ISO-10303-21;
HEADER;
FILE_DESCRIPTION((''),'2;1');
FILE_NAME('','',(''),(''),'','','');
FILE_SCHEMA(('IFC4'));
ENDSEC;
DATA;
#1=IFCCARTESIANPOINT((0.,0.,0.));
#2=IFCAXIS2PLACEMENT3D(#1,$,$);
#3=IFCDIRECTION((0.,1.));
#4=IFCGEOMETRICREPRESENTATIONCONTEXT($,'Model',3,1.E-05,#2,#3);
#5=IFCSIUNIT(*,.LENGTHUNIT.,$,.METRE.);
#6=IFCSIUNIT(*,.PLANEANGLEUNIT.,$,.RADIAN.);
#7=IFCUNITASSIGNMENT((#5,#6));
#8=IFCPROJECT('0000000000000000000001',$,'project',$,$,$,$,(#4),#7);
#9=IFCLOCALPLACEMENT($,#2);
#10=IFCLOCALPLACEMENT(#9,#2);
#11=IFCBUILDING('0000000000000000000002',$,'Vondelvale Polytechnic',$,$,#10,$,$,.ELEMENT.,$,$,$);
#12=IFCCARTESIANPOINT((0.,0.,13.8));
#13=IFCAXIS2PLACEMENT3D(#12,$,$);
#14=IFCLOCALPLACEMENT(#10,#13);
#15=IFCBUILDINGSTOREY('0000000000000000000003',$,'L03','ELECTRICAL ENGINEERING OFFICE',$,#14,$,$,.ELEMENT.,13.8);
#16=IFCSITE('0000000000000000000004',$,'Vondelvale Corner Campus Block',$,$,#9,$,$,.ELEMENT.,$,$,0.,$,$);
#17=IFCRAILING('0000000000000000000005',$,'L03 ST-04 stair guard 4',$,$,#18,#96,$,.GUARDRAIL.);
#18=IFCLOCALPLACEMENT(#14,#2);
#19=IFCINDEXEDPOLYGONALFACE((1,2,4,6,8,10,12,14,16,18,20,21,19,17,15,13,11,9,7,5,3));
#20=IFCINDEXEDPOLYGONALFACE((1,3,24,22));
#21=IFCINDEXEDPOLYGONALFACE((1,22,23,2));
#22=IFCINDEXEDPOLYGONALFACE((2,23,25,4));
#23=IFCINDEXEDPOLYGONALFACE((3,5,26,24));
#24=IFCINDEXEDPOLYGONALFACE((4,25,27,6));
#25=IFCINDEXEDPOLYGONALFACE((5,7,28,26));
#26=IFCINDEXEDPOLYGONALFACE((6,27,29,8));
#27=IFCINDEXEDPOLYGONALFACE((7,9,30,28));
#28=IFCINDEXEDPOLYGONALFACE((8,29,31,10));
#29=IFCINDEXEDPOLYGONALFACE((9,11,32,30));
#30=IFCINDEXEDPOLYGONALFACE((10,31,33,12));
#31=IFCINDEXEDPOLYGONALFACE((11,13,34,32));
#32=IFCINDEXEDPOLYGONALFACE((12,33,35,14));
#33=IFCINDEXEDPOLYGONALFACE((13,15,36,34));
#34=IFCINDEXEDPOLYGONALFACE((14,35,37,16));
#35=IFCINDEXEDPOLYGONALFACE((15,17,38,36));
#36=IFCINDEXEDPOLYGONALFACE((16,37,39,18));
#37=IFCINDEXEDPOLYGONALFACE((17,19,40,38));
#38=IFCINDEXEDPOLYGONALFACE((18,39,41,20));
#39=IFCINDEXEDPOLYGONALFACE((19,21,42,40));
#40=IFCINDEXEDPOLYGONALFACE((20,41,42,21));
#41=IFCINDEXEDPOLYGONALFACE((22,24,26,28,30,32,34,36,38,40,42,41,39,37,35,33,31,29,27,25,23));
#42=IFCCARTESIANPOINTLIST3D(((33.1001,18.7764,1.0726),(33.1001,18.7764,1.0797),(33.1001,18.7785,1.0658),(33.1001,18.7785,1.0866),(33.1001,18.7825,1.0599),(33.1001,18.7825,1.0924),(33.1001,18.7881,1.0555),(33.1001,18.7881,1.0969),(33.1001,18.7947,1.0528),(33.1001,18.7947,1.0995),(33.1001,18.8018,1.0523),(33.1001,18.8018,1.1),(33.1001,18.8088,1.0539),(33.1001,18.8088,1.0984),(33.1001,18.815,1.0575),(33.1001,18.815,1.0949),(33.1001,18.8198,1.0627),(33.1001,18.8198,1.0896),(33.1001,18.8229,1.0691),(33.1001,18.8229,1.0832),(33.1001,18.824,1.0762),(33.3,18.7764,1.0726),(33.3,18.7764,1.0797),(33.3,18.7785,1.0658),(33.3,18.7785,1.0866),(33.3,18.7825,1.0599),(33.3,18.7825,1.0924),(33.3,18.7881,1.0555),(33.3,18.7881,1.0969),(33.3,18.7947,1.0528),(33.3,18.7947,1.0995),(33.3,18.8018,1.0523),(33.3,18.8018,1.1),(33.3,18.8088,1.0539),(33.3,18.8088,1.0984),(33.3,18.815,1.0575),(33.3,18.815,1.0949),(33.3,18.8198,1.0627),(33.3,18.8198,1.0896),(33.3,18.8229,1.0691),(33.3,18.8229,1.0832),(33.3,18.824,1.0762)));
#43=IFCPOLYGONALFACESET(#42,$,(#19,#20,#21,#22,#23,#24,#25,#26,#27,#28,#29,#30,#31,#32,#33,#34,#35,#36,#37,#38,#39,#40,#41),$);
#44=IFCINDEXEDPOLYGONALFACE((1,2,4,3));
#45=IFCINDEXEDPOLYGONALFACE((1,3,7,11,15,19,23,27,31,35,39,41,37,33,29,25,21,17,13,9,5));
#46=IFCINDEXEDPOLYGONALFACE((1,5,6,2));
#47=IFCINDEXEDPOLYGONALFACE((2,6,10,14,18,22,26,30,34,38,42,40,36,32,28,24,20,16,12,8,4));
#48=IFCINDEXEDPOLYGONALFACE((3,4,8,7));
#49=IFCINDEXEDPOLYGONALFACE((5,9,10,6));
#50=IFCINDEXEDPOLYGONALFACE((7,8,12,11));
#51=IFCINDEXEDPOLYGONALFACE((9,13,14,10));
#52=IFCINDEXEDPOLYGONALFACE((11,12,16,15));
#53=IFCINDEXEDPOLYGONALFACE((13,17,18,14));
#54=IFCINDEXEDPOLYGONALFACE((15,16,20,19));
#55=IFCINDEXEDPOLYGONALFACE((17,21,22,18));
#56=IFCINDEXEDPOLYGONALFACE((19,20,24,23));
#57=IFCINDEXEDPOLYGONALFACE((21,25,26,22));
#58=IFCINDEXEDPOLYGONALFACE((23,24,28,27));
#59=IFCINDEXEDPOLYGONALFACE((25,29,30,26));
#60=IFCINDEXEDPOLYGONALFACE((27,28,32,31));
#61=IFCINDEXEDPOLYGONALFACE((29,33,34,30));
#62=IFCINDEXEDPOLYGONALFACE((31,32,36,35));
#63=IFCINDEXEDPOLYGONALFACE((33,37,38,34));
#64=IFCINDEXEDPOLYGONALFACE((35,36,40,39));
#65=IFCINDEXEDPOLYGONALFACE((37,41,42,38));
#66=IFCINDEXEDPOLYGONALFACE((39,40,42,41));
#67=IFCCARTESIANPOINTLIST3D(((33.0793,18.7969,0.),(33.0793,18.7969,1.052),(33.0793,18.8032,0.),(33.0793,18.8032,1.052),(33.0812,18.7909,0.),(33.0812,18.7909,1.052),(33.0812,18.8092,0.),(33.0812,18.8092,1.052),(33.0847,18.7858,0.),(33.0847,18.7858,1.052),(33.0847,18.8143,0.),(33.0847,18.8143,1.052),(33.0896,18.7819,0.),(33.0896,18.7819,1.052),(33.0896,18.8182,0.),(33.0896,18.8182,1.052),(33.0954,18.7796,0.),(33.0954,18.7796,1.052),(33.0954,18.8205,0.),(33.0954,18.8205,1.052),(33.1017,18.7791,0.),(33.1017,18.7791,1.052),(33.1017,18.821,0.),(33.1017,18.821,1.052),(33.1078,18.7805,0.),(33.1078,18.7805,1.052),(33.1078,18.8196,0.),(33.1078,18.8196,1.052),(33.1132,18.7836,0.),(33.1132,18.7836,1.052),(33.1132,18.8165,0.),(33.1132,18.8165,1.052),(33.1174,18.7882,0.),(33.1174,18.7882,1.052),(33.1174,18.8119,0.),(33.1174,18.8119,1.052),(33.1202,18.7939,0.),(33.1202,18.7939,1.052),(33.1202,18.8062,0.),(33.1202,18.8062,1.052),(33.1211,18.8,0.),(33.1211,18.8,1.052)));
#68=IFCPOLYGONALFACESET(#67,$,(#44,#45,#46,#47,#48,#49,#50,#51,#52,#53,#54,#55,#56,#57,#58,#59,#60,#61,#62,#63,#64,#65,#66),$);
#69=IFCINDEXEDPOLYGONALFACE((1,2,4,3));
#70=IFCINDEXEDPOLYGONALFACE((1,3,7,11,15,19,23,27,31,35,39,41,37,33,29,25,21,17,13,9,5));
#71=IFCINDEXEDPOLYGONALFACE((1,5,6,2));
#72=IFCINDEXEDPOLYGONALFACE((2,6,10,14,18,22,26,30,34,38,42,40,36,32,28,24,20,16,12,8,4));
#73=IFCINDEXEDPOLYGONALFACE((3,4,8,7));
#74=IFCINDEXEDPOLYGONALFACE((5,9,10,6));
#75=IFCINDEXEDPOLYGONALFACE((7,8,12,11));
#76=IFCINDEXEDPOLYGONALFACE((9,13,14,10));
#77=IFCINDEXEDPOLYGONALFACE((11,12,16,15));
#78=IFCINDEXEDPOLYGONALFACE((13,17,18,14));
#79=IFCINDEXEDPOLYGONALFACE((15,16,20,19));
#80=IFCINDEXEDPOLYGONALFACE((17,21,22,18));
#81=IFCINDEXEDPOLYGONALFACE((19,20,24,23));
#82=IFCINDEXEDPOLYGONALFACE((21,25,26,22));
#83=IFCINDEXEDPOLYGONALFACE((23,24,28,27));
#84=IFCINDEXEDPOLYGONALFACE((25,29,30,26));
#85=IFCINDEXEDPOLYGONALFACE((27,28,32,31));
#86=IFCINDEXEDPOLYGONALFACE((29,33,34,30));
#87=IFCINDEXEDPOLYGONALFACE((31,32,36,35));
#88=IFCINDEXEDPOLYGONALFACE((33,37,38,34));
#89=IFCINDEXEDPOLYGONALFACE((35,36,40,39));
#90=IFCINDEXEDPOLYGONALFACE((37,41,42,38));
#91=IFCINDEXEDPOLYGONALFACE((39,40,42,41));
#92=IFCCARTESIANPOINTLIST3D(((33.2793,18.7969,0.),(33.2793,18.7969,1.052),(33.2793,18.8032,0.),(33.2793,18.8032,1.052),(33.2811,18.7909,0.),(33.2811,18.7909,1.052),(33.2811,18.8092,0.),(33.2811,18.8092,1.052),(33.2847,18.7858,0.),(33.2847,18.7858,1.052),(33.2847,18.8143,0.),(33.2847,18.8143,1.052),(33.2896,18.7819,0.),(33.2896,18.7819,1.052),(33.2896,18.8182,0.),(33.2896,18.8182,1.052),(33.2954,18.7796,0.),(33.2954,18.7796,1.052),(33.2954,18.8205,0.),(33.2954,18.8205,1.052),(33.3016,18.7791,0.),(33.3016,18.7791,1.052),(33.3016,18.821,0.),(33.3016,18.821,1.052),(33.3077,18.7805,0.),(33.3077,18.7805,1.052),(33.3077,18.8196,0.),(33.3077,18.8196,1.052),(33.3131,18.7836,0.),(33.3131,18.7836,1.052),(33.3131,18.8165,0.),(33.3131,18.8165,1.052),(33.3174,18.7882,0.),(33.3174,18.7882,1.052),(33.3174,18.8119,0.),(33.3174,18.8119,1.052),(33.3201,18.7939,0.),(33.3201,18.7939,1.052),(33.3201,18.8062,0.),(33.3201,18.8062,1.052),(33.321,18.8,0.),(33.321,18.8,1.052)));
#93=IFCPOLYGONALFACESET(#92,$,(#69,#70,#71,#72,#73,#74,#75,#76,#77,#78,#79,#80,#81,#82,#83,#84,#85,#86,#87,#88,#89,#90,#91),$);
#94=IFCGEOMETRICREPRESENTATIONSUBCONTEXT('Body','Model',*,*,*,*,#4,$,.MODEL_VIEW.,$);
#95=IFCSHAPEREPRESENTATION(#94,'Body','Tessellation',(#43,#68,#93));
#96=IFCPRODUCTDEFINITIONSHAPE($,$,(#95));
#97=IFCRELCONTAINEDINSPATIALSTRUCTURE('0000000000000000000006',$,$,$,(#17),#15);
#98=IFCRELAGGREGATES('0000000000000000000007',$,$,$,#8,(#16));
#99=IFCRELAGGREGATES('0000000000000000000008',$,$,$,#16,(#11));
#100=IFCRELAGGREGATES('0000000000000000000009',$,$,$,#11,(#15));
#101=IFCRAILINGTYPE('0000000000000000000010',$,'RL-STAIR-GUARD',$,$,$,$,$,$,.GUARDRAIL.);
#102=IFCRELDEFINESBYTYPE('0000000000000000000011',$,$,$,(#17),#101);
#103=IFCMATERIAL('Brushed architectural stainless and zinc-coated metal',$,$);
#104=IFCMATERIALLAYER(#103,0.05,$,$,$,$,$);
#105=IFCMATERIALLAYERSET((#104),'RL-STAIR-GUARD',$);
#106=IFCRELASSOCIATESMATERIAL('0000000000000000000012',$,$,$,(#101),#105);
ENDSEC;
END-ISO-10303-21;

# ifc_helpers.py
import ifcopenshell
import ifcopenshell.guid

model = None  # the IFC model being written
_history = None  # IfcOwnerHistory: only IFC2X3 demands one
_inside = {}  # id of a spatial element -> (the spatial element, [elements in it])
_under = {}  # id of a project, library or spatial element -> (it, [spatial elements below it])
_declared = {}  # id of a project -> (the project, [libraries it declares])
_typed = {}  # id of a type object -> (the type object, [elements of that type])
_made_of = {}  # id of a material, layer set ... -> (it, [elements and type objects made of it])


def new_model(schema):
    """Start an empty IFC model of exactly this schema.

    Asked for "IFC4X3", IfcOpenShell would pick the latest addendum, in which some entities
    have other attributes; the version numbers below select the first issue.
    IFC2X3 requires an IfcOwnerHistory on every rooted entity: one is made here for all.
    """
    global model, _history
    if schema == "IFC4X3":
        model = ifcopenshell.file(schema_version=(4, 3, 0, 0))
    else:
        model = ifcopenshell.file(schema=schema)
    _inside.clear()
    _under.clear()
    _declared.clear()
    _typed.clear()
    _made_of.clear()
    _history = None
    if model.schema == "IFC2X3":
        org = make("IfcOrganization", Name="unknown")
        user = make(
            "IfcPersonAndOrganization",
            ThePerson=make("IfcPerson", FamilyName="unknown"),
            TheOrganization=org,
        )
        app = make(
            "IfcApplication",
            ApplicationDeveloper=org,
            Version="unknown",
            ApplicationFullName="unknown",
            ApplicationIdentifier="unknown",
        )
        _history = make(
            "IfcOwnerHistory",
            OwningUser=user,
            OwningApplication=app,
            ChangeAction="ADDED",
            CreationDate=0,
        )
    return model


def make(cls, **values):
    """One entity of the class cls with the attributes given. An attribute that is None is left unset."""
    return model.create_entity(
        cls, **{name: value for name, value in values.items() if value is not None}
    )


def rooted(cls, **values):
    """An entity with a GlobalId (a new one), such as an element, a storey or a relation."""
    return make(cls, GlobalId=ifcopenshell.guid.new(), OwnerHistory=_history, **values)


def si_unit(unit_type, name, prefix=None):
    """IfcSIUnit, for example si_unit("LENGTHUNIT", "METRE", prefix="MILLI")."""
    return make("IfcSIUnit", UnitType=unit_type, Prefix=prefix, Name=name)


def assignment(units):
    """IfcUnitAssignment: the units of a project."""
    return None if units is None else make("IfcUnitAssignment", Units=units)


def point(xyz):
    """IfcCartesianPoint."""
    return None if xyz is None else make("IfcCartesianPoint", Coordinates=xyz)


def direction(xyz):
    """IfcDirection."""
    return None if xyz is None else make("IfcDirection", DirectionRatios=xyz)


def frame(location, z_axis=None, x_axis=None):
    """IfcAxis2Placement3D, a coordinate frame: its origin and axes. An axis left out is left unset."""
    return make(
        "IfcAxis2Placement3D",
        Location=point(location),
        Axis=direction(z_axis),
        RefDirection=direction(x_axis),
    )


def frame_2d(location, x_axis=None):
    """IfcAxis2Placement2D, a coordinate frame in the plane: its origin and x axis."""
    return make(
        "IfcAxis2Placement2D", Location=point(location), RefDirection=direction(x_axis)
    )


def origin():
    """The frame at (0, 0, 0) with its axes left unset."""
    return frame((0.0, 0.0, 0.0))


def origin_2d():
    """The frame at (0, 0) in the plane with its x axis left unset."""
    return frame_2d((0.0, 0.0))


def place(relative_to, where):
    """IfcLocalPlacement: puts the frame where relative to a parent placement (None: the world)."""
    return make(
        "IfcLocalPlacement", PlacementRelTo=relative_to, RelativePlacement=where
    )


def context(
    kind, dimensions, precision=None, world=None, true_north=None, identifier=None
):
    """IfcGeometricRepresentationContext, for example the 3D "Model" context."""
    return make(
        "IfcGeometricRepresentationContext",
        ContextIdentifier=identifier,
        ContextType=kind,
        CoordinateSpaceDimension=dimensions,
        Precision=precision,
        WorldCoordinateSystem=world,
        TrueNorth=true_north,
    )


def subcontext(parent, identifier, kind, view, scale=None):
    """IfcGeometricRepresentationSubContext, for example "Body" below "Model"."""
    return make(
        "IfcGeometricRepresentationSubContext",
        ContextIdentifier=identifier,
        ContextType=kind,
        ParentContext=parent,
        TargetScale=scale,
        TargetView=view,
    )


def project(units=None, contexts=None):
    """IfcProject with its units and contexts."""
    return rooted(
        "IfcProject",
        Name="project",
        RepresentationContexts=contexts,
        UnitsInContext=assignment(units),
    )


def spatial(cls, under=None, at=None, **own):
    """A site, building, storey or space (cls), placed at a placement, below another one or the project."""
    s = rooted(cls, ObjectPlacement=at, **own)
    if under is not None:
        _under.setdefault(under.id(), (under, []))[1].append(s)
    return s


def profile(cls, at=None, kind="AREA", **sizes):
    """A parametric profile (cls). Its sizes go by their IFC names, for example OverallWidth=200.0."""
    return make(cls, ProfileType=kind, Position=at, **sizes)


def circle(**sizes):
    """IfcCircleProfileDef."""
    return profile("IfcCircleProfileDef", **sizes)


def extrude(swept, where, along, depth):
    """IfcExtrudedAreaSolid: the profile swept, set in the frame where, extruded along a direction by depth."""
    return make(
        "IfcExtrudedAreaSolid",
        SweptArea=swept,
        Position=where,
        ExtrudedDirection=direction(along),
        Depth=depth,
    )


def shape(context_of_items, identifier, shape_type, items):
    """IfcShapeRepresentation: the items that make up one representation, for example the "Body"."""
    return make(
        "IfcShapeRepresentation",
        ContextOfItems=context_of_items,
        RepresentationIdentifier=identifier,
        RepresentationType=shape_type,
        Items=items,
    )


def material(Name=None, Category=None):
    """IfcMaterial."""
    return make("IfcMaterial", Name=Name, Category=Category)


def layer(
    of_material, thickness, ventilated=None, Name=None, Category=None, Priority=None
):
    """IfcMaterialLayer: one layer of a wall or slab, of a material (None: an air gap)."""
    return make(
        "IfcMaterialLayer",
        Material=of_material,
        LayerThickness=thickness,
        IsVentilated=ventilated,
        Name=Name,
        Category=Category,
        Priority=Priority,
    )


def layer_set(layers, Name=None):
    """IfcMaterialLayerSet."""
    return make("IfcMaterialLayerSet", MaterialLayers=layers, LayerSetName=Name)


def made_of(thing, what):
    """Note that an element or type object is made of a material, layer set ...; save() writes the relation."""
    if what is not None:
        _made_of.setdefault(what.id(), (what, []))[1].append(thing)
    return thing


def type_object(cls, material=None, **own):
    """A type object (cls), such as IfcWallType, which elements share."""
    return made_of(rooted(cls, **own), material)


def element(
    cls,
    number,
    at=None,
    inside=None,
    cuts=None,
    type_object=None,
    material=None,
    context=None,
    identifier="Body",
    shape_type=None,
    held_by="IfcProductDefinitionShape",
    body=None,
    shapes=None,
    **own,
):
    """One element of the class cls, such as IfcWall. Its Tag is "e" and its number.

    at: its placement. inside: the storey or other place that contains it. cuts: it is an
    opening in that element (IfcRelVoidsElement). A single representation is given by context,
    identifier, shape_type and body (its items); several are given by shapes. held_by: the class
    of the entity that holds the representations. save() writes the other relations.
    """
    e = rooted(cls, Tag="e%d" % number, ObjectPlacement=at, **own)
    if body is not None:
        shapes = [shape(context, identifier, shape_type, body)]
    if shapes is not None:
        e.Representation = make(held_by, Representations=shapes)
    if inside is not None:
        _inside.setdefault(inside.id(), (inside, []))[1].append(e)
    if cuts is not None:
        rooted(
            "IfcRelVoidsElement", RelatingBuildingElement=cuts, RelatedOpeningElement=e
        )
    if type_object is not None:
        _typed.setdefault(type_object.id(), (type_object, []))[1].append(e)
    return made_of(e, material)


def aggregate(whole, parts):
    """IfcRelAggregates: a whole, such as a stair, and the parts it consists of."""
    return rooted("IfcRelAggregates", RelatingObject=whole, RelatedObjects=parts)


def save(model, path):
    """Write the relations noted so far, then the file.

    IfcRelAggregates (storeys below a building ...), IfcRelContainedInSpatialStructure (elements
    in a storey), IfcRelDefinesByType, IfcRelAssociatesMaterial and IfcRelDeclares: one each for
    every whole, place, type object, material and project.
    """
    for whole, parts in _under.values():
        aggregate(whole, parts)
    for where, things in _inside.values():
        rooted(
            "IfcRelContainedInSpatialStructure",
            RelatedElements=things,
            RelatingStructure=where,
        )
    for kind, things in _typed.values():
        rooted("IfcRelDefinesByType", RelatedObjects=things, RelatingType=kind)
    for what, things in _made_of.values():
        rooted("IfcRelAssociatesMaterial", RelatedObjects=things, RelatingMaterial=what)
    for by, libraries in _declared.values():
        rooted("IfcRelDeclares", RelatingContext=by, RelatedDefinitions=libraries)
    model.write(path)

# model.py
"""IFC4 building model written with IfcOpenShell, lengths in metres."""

from ifc_helpers import new_model, si_unit, direction, frame, origin, origin_2d, place, context, subcontext, project, spatial, circle, extrude, material, layer, layer_set, type_object, element, save


model = new_model("IFC4")

# Units and contexts
model_context = context("Model", 3, precision=1e-05, world=origin(), true_north=direction((0.0, 1.0)))
body_context = subcontext(model_context, "Body", "Model", "MODEL_VIEW")
ifc_project = project(units=[si_unit("LENGTHUNIT", "METRE"), si_unit("PLANEANGLEUNIT", "RADIAN")], contexts=[model_context])

# Site, building, storey
site_placement = place(None, origin())
site = spatial("IfcSite", under=ifc_project, at=site_placement, Name="Vondelvale Corner Campus Block", CompositionType="ELEMENT", RefElevation=0.0)
building_placement = place(site_placement, origin())
building = spatial("IfcBuilding", under=site, at=building_placement, Name="Vondelvale Polytechnic", CompositionType="ELEMENT")
storey_placement = place(building_placement, frame((0.0, 0.0, 13.8)))
storey = spatial("IfcBuildingStorey", under=building, at=storey_placement, Name="L03", Description="ELECTRICAL ENGINEERING OFFICE", CompositionType="ELEMENT", Elevation=13.8)

# Railing
ifc_material_1 = material(Name="Brushed architectural stainless and zinc-coated metal")
ifc_layer_1 = layer(ifc_material_1, 0.05)
ifc_layer_set_1 = layer_set([ifc_layer_1], Name="RL-STAIR-GUARD")
railing_type_1 = type_object("IfcRailingType", Name="RL-STAIR-GUARD", PredefinedType="GUARDRAIL", material=ifc_layer_set_1)
railing_1_placement = place(storey_placement, frame((33.1001, 18.8, 0.0)))
element("IfcRailing", 1, at=railing_1_placement, inside=storey, type_object=railing_type_1, Name="L03 ST-04 stair guard 4", PredefinedType="GUARDRAIL", context=body_context, shape_type="SweptSolid", body=[
    extrude(circle(Radius=0.0239, at=origin_2d()), frame((0.0, 0.0, 1.0762), z_axis=(1.0, 0.0, 0.0), x_axis=(0.0, 1.0, 0.0)), (0.0, 0.0, 1.0), 0.2),
    extrude(circle(Radius=0.021, at=origin_2d()), origin(), (0.0, 0.0, 1.0), 1.052),
    extrude(circle(Radius=0.021, at=origin_2d()), frame((0.2, 0.0, 0.0)), (0.0, 0.0, 1.0), 1.052),
])

save(model, "model.ifc")
